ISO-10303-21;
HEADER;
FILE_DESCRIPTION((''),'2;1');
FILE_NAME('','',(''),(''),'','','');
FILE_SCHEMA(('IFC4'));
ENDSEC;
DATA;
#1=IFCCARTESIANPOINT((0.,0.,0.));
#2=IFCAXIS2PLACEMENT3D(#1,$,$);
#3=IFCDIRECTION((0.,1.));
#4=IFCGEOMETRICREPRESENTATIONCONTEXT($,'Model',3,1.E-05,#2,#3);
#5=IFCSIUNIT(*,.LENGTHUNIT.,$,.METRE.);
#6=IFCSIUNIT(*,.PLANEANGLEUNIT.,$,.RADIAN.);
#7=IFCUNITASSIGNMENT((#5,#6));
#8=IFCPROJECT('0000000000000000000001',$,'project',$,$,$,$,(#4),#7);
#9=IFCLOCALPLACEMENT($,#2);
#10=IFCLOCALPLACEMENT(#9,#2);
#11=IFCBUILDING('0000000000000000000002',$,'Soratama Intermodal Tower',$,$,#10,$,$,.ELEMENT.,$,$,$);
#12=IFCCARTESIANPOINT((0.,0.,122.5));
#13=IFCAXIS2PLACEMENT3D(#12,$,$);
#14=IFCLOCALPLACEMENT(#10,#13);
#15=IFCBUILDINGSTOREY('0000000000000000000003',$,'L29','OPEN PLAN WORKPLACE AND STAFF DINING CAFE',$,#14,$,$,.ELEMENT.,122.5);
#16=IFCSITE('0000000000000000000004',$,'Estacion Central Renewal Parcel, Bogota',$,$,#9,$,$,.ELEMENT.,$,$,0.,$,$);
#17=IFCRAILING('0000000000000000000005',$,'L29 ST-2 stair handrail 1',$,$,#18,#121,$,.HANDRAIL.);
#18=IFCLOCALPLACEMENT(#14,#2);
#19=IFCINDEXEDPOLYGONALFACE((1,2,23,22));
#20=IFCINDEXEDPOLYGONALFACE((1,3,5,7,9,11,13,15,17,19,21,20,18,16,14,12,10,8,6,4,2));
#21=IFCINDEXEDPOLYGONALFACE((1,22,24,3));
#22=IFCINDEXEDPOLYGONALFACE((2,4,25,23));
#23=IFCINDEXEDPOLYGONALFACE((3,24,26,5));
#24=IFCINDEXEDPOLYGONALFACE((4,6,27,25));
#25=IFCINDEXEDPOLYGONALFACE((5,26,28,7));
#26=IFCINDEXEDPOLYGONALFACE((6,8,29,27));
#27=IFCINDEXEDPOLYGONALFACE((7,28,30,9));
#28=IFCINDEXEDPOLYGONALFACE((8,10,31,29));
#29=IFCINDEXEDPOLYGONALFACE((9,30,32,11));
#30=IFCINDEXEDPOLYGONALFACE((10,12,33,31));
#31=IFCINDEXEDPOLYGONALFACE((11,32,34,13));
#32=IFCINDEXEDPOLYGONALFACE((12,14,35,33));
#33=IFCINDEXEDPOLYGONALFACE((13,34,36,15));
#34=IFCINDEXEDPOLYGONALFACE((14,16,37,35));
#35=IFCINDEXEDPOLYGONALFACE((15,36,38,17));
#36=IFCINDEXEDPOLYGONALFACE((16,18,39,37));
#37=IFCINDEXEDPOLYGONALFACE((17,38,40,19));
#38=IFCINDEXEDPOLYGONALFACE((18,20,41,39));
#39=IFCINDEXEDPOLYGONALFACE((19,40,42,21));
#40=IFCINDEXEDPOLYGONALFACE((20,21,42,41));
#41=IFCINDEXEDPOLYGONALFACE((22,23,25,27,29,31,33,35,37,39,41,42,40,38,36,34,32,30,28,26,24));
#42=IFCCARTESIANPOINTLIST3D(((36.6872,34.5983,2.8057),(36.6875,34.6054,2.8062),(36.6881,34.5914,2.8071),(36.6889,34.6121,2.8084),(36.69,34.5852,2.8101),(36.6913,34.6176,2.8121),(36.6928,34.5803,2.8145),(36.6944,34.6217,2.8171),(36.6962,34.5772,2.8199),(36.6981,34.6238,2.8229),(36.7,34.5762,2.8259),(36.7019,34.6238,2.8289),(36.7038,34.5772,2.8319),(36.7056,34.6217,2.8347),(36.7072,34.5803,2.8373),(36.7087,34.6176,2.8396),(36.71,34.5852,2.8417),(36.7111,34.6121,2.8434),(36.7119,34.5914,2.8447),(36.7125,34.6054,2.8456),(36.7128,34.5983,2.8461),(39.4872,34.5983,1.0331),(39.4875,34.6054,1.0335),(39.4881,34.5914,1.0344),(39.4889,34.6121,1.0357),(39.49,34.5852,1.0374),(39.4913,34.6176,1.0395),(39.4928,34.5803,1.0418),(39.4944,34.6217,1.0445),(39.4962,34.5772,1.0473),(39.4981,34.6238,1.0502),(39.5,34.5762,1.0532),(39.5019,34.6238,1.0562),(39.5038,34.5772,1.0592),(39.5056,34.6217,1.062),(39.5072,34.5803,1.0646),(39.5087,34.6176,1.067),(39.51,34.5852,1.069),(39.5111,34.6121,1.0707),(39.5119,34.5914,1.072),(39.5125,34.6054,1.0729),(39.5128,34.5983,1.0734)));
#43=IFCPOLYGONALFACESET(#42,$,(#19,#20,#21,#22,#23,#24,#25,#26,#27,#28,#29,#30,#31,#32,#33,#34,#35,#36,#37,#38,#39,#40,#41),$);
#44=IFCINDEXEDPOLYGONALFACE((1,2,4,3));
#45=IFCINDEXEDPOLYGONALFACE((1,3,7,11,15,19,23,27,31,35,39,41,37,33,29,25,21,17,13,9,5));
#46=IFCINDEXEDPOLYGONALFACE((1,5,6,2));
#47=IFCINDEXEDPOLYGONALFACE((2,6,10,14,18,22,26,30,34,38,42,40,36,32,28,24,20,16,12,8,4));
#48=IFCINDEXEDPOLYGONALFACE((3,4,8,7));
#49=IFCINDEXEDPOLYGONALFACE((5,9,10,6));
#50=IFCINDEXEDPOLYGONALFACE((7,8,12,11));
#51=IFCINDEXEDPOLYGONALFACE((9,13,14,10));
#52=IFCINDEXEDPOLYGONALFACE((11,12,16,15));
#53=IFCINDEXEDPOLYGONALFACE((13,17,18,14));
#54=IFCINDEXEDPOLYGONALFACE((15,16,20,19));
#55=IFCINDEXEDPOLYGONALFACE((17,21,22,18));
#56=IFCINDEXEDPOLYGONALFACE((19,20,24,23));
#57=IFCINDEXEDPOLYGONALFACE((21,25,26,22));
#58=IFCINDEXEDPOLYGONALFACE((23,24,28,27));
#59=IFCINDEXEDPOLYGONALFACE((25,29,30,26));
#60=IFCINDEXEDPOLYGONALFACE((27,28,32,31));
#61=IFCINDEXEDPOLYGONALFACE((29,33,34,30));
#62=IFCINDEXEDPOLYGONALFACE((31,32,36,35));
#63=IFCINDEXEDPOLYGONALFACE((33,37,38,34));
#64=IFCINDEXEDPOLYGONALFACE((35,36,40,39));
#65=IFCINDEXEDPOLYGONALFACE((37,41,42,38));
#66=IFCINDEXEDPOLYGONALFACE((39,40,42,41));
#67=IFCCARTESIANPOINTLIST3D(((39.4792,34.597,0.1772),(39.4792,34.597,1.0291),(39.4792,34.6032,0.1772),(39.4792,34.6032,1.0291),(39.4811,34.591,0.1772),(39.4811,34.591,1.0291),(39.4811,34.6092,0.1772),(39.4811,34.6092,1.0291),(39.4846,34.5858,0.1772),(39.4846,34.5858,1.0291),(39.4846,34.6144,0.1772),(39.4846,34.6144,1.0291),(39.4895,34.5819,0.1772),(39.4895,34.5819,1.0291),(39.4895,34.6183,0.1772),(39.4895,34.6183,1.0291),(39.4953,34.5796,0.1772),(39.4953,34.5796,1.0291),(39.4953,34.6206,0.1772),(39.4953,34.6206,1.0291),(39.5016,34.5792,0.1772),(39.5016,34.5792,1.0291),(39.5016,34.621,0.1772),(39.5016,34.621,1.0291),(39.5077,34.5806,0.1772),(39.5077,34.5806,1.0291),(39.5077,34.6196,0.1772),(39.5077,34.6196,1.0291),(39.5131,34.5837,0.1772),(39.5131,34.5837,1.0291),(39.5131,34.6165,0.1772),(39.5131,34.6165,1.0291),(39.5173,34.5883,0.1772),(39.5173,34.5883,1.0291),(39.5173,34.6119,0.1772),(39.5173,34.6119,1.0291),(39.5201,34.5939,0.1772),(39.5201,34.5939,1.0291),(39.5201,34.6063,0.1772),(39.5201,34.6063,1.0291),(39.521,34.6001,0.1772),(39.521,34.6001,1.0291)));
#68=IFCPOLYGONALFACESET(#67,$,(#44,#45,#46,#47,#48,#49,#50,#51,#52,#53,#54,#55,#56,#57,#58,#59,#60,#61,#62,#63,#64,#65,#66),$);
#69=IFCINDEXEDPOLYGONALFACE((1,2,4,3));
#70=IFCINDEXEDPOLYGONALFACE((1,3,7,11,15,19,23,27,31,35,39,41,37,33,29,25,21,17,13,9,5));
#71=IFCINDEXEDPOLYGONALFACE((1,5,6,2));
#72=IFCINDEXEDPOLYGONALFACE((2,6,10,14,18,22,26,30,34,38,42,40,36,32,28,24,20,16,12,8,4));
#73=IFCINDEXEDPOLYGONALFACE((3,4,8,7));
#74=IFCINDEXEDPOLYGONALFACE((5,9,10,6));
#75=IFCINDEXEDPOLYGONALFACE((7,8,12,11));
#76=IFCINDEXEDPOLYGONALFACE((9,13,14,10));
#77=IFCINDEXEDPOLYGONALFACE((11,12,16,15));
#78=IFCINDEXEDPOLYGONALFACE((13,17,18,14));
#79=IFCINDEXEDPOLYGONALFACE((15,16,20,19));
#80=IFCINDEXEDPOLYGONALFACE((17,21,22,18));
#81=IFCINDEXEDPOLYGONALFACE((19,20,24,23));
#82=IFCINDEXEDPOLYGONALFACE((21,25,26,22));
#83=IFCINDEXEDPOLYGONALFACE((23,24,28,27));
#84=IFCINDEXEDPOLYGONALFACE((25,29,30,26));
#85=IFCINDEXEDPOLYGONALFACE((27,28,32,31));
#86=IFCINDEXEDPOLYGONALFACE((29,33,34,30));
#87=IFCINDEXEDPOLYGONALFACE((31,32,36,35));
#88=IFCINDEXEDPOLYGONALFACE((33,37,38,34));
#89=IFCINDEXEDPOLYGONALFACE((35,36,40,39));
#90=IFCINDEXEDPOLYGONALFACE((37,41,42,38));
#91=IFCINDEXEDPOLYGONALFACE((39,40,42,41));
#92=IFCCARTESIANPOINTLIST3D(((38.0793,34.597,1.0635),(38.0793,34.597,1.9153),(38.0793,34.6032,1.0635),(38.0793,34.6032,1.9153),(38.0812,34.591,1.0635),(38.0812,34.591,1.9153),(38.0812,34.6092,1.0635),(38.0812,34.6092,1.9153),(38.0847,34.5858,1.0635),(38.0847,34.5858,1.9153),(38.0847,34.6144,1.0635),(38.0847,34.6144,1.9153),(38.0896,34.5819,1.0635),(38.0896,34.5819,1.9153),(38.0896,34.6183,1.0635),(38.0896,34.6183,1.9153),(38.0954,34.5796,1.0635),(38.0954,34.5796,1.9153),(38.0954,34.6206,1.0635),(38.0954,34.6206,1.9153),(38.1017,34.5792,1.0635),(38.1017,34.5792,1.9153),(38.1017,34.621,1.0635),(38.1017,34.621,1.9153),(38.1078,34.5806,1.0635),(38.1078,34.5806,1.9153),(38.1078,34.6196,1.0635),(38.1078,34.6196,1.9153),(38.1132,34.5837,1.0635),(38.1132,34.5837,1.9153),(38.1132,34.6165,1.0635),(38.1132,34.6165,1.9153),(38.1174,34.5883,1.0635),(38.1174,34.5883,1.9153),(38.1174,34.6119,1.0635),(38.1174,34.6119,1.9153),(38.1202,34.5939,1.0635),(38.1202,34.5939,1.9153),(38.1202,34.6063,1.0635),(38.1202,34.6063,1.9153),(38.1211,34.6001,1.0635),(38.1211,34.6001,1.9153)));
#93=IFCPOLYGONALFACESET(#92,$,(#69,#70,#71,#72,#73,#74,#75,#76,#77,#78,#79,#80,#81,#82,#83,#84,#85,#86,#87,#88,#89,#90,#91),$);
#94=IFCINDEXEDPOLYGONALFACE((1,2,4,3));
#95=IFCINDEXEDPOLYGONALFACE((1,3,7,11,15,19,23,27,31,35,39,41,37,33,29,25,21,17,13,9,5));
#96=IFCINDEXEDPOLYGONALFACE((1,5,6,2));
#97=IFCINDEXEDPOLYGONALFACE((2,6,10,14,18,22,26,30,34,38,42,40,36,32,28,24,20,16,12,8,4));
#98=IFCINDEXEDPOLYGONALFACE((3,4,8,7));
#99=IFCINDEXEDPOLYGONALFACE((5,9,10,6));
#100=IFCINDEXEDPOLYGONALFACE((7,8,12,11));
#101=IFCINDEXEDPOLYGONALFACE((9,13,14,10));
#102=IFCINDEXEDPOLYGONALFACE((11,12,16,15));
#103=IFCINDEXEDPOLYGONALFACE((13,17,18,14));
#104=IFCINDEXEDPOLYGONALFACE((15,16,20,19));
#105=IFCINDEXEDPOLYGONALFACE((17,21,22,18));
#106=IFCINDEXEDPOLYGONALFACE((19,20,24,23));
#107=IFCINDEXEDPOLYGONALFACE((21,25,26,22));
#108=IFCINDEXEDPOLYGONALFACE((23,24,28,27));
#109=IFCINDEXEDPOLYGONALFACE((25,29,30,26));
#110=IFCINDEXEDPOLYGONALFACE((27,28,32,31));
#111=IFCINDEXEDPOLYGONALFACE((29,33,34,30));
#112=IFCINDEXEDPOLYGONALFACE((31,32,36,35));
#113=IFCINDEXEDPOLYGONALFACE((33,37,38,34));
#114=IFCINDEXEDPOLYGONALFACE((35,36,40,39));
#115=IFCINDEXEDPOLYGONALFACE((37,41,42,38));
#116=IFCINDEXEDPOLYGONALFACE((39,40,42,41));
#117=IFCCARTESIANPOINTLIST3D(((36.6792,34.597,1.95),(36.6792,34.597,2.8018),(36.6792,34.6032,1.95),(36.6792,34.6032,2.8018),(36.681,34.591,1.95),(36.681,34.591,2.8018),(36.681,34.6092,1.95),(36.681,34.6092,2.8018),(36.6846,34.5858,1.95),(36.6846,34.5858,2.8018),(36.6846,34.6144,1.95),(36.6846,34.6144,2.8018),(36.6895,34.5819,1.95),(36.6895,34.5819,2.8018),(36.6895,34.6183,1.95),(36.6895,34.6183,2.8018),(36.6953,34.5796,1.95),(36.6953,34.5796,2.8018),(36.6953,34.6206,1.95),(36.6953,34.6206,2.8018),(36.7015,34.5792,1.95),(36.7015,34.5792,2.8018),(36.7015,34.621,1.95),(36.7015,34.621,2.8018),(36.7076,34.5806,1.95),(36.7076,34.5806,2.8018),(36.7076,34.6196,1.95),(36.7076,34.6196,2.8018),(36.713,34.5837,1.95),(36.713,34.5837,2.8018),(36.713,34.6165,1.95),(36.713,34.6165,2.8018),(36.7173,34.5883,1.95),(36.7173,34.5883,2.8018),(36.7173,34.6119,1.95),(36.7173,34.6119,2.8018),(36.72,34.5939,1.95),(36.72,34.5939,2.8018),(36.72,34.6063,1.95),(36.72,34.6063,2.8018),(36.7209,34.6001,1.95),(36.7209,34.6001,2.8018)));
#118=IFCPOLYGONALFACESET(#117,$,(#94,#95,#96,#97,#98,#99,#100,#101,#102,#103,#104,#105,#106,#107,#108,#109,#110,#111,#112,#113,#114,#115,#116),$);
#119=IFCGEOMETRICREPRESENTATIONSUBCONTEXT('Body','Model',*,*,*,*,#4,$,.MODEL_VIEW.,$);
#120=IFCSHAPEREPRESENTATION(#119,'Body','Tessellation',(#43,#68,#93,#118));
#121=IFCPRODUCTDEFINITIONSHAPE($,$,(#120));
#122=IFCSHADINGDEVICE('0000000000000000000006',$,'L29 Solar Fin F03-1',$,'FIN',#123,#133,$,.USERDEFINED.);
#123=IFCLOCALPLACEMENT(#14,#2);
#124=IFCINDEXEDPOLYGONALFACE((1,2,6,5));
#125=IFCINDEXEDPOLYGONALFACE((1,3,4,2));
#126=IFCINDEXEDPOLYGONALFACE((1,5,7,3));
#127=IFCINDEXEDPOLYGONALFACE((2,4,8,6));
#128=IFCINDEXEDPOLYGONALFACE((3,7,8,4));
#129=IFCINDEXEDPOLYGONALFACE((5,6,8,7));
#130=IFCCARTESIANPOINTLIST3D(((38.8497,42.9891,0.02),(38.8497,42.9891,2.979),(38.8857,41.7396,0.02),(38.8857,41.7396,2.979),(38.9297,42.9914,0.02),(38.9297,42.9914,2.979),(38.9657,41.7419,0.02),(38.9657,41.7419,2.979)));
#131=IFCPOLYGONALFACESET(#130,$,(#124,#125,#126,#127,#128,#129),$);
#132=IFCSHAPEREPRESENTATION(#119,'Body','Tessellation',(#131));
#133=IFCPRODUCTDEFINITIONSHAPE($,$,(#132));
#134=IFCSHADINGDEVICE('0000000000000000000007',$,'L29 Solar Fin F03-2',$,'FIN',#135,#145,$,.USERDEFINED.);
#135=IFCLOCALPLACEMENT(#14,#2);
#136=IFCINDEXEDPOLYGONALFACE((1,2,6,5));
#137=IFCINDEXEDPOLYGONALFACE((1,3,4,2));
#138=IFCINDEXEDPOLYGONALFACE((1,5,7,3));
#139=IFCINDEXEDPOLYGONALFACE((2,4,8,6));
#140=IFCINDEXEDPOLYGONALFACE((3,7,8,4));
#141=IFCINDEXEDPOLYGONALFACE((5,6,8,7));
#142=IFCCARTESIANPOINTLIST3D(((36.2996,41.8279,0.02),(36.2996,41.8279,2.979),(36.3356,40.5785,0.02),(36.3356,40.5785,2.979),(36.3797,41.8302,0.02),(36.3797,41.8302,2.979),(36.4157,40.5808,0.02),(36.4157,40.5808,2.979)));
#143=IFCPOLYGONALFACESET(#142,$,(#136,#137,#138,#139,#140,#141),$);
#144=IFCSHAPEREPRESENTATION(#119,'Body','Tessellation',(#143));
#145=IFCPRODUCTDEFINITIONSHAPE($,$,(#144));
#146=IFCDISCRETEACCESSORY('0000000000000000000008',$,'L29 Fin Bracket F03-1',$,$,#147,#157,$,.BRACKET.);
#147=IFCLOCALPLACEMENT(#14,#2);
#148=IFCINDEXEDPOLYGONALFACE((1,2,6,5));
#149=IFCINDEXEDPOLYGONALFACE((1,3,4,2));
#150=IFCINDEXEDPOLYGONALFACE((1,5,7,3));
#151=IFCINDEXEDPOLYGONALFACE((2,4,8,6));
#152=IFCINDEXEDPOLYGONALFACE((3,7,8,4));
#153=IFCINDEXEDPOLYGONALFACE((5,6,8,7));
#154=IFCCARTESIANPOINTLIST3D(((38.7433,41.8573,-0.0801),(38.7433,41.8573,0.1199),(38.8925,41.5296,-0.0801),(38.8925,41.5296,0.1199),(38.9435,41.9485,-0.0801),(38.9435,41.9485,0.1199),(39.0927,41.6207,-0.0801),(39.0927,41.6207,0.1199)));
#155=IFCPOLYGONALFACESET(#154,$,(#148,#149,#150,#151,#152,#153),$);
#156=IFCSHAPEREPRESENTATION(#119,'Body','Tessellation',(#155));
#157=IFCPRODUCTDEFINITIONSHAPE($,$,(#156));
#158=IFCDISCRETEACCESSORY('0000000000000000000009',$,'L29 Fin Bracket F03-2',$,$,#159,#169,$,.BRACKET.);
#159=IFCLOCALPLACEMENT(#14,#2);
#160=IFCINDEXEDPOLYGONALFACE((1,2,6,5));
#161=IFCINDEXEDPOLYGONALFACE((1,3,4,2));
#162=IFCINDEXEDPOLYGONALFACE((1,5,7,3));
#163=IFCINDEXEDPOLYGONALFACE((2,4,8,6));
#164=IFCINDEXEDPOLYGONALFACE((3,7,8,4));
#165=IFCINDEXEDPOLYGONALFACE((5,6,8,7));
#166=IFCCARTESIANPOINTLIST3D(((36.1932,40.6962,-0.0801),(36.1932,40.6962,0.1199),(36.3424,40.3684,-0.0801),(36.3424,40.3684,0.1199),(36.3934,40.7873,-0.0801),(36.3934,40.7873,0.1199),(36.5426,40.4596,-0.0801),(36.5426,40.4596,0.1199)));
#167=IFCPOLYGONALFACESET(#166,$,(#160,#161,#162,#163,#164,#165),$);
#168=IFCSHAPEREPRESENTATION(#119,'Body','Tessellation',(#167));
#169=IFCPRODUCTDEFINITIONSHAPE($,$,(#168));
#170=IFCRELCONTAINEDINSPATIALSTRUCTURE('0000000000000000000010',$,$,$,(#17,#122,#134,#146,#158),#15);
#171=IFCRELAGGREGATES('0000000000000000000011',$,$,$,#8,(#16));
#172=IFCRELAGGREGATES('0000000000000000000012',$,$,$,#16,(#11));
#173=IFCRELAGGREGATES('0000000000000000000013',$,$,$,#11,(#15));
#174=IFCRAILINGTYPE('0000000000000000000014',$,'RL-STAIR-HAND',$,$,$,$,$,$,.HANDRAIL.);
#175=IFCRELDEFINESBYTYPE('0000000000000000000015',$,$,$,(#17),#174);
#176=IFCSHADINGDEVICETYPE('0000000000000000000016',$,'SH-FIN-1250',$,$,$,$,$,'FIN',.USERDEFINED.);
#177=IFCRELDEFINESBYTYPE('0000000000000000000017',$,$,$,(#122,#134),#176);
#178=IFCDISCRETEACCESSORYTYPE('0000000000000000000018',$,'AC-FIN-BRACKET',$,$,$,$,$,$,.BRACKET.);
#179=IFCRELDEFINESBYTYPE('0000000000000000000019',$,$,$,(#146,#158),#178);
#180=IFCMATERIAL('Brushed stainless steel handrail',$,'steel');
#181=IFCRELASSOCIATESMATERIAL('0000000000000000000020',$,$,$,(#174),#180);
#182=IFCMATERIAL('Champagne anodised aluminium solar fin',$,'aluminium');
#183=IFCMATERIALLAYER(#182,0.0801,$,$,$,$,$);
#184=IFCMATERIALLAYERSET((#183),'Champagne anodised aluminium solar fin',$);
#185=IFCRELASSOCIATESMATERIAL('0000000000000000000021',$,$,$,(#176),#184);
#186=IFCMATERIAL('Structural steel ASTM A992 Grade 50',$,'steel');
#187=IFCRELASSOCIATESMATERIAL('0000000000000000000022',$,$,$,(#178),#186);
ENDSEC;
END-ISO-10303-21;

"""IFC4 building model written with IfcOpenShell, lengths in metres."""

from ifc_helpers import new_model, si_unit, direction, frame, origin, origin_2d, place, context, subcontext, project, spatial, rectangle, circle, extrude, material, layer, layer_set, type_object, element, save


model = new_model("IFC4")

# Units and contexts
model_context = context("Model", 3, precision=1e-05, world=origin(), true_north=direction((0.0, 1.0)))
body_context = subcontext(model_context, "Body", "Model", "MODEL_VIEW")
ifc_project = project(units=[si_unit("LENGTHUNIT", "METRE"), si_unit("PLANEANGLEUNIT", "RADIAN")], contexts=[model_context])

# Site, building, storey
site_placement = place(None, origin())
site = spatial("IfcSite", under=ifc_project, at=site_placement, Name="Estacion Central Renewal Parcel, Bogota", CompositionType="ELEMENT", RefElevation=0.0)
building_placement = place(site_placement, origin())
building = spatial("IfcBuilding", under=site, at=building_placement, Name="Soratama Intermodal Tower", CompositionType="ELEMENT")
storey_placement = place(building_placement, frame((0.0, 0.0, 122.5)))
storey = spatial("IfcBuildingStorey", under=building, at=storey_placement, Name="L29", Description="OPEN PLAN WORKPLACE AND STAFF DINING CAFE", CompositionType="ELEMENT", Elevation=122.5)

# Railing
ifc_material_1 = material(Name="Brushed stainless steel handrail", Category="steel")
railing_type = type_object("IfcRailingType", Name="RL-STAIR-HAND", PredefinedType="HANDRAIL", material=ifc_material_1)
railing_placement = place(storey_placement, frame((39.5, 34.6001, 0.1772)))
element("IfcRailing", 1, at=railing_placement, inside=storey, type_object=railing_type, Name="L29 ST-2 stair handrail 1", PredefinedType="HANDRAIL", context=body_context, shape_type="SweptSolid", body=[
    extrude(circle(Radius=0.0239, at=origin_2d()), frame((0.0, 0.0, 0.876), z_axis=(-0.844909, 0.0, 0.53491), x_axis=(0.0, -1.0, 0.0)), (0.0, 0.0, 1.0), 3.314),
    extrude(circle(Radius=0.021, at=origin_2d()), origin(), (0.0, 0.0, 1.0), 0.8518),
    extrude(circle(Radius=0.021, at=origin_2d()), frame((-1.3999, 0.0, 0.8862)), (0.0, 0.0, 1.0), 0.8518),
    extrude(circle(Radius=0.021, at=origin_2d()), frame((-2.8, 0.0, 1.7727)), (0.0, 0.0, 1.0), 0.8518),
])

# Shading devices
ifc_material_2 = material(Name="Champagne anodised aluminium solar fin", Category="aluminium")
ifc_layer_1 = layer(ifc_material_2, 0.0801)
ifc_layer_set_1 = layer_set([ifc_layer_1], Name="Champagne anodised aluminium solar fin")
shading_device_type = type_object("IfcShadingDeviceType", Name="SH-FIN-1250", ElementType="FIN", PredefinedType="USERDEFINED", material=ifc_layer_set_1)
for number, where, z_axis, x_axis, name in (
    (2, (38.9077, 42.3655, 0.02), (0.0, 0.0, 1.0), (-0.028794, 0.999585, 0.0), "L29 Solar Fin F03-1"),
    (3, (36.3577, 41.2043, 0.02), (0.0, 0.0, 1.0), (-0.028794, 0.999585, 0.0), "L29 Solar Fin F03-2"),
):
    element("IfcShadingDevice", number, at=place(storey_placement, frame(where, z_axis=z_axis, x_axis=x_axis)), inside=storey, type_object=shading_device_type, Name=name, ObjectType="FIN", PredefinedType="USERDEFINED", context=body_context, shape_type="SweptSolid", body=[
        extrude(rectangle(XDim=1.25, YDim=0.0801, at=origin_2d()), origin(), (0.0, 0.0, 1.0), 2.959),
    ])

# Discrete accessories
ifc_material_3 = material(Name="Structural steel ASTM A992 Grade 50", Category="steel")
discrete_accessory_type = type_object("IfcDiscreteAccessoryType", Name="AC-FIN-BRACKET", PredefinedType="BRACKET", material=ifc_material_3)
for number, where, z_axis, x_axis, name in (
    (4, (38.918, 41.739, -0.0801), (0.0, 0.0, 1.0), (-0.414376, 0.910106, 0.0), "L29 Fin Bracket F03-1"),
    (5, (36.3679, 40.5779, -0.0801), (0.0, 0.0, 1.0), (-0.414376, 0.910106, 0.0), "L29 Fin Bracket F03-2"),
):
    element("IfcDiscreteAccessory", number, at=place(storey_placement, frame(where, z_axis=z_axis, x_axis=x_axis)), inside=storey, type_object=discrete_accessory_type, Name=name, PredefinedType="BRACKET", context=body_context, shape_type="SweptSolid", body=[
        extrude(rectangle(XDim=0.3601, YDim=0.22, at=origin_2d()), origin(), (0.0, 0.0, 1.0), 0.2),
    ])

save(model, "model.ifc")
